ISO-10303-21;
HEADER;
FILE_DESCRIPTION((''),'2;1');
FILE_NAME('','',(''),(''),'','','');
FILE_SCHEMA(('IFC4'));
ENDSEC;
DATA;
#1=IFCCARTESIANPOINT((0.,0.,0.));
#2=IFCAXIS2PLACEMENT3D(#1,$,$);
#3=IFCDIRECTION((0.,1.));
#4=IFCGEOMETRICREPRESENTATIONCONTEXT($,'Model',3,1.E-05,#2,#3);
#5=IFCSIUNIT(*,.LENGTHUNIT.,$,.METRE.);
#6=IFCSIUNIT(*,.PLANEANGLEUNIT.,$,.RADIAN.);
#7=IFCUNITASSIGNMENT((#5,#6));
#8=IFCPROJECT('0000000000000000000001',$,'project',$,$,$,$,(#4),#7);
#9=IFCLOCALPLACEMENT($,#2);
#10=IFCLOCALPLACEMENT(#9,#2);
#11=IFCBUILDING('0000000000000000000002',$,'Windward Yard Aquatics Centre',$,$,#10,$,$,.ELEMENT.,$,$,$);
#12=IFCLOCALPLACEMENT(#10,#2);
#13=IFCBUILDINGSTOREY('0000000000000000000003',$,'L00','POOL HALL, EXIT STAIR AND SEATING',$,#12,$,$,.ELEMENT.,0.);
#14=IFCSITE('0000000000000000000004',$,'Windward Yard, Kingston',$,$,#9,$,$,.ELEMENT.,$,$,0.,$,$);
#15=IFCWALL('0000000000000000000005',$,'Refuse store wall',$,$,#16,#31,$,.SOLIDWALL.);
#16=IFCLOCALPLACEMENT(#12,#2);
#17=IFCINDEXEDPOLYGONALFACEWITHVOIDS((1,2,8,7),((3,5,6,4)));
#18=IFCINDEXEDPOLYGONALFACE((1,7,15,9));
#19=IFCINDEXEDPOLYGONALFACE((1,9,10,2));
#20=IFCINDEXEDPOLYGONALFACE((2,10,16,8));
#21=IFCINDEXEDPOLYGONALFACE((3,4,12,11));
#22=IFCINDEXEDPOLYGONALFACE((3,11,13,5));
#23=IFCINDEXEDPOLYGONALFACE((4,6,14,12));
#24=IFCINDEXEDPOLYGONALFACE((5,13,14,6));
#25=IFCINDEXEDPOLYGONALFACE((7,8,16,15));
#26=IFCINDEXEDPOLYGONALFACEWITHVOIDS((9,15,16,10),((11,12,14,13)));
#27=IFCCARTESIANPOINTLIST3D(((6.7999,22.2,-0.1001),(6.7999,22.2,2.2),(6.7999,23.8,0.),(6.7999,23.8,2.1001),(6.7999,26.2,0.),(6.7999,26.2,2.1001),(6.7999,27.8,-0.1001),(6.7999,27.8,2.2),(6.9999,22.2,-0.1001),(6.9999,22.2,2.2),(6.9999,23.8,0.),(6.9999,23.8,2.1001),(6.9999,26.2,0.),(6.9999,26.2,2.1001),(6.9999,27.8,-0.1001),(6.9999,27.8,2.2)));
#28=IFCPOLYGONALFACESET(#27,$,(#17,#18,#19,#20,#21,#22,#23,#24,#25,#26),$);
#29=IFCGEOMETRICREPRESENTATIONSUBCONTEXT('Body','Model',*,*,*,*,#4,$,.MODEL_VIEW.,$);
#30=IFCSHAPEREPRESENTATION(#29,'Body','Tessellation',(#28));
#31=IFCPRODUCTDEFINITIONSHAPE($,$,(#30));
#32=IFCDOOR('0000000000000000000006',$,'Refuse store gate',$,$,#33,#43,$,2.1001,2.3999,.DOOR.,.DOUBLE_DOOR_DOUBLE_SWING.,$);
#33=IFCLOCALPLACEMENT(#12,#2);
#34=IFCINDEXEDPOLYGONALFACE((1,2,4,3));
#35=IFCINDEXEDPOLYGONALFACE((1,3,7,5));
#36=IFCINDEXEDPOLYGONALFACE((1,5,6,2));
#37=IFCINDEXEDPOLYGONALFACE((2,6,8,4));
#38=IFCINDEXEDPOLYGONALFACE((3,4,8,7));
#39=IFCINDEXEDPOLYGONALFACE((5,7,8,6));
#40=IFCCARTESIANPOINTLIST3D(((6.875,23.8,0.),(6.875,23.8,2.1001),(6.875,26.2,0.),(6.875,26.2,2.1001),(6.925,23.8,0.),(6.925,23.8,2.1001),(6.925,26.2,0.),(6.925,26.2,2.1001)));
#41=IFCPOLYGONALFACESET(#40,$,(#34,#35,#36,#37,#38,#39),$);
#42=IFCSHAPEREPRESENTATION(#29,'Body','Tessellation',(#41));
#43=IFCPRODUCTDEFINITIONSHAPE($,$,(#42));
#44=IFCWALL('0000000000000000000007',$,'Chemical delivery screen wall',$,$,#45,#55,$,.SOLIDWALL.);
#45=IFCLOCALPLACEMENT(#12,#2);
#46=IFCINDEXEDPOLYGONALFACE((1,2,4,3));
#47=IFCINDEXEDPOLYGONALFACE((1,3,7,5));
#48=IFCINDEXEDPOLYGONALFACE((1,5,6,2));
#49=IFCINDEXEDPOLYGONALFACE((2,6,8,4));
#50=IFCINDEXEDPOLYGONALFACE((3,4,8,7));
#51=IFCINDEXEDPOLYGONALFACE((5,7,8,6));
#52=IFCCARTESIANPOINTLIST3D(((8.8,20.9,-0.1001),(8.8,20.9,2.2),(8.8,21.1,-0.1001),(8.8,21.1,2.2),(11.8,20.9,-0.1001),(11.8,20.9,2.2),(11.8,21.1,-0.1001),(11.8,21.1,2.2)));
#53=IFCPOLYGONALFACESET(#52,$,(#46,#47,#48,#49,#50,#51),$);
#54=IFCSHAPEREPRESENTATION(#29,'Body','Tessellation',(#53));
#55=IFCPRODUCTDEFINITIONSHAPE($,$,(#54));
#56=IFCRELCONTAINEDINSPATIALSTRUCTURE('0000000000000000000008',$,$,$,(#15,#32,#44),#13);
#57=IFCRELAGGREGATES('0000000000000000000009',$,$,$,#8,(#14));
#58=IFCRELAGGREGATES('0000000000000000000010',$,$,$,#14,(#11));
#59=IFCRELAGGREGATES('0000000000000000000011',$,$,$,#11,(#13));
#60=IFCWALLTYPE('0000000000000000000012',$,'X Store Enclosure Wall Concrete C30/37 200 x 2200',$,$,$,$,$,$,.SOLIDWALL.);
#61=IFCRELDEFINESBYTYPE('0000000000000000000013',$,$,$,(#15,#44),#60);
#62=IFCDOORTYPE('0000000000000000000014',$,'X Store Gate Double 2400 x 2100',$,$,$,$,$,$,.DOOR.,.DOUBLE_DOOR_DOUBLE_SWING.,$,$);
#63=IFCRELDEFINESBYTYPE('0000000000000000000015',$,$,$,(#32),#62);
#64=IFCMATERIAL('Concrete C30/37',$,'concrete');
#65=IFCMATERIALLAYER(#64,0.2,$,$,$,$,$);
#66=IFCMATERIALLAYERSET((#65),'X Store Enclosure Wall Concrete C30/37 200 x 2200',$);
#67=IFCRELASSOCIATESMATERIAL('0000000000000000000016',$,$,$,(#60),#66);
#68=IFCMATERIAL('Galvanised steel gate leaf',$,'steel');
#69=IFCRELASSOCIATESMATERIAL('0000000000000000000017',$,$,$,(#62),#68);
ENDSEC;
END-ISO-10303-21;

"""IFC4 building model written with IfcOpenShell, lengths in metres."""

from ifc_helpers import new_model, si_unit, direction, frame, frame_2d, origin, place, context, subcontext, project, spatial, rectangle, extrude, material, layer, layer_set, type_object, element, fill, save


model = new_model("IFC4")

# Units and contexts
model_context = context("Model", 3, precision=1e-05, world=origin(), true_north=direction((0.0, 1.0)))
body_context = subcontext(model_context, "Body", "Model", "MODEL_VIEW")
ifc_project = project(units=[si_unit("LENGTHUNIT", "METRE"), si_unit("PLANEANGLEUNIT", "RADIAN")], contexts=[model_context])

# Site, building, storey
site_placement = place(None, origin())
site = spatial("IfcSite", under=ifc_project, at=site_placement, Name="Windward Yard, Kingston", CompositionType="ELEMENT", RefElevation=0.0)
building_placement = place(site_placement, origin())
building = spatial("IfcBuilding", under=site, at=building_placement, Name="Windward Yard Aquatics Centre", CompositionType="ELEMENT")
storey_placement = place(building_placement, origin())
storey = spatial("IfcBuildingStorey", under=building, at=storey_placement, Name="L00", Description="POOL HALL, EXIT STAIR AND SEATING", CompositionType="ELEMENT", Elevation=0.0)

# Shared definitions
ifc_material_1 = material(Name="Concrete C30/37", Category="concrete")
ifc_layer_1 = layer(ifc_material_1, 0.2)
ifc_layer_set_1 = layer_set([ifc_layer_1], Name="X Store Enclosure Wall Concrete C30/37 200 x 2200")
wall_type_1 = type_object("IfcWallType", Name="X Store Enclosure Wall Concrete C30/37 200 x 2200", PredefinedType="SOLIDWALL", material=ifc_layer_set_1)

# Wall, opening, door
wall_1_placement = place(storey_placement, frame((6.8999, 22.2, -0.1001), z_axis=(0.0, 0.0, 1.0), x_axis=(0.0, 1.0, 0.0)))
wall_1 = element("IfcWall", 1, at=wall_1_placement, inside=storey, type_object=wall_type_1, Name="Refuse store wall", PredefinedType="SOLIDWALL", context=body_context, shape_type="SweptSolid", body=[
    extrude(rectangle(XDim=5.6001, YDim=0.2, at=frame_2d((2.8, 0.0))), origin(), (0.0, 0.0, 1.0), 2.3),
])
opening_1_placement = place(wall_1_placement, frame((1.6001, 0.0, 0.1001)))
opening_1 = element("IfcOpeningElement", 2, at=opening_1_placement, cuts=wall_1, PredefinedType="OPENING", context=body_context, shape_type="SweptSolid", body=[
    extrude(rectangle(XDim=2.3999, YDim=2.1001, at=frame_2d((1.2, 1.05))), frame((0.0, 0.1099, 0.0), z_axis=(0.0, -1.0, 0.0), x_axis=(1.0, 0.0, 0.0)), (0.0, 0.0, 1.0), 0.22),
])
ifc_material_2 = material(Name="Galvanised steel gate leaf", Category="steel")
door_type_1 = type_object("IfcDoorType", Name="X Store Gate Double 2400 x 2100", OperationType="DOUBLE_DOOR_DOUBLE_SWING", PredefinedType="DOOR", material=ifc_material_2)
door_1_placement = place(opening_1_placement, origin())
door_1 = element("IfcDoor", 3, at=door_1_placement, inside=storey, type_object=door_type_1, Name="Refuse store gate", OperationType="DOUBLE_DOOR_DOUBLE_SWING", OverallHeight=2.1001, OverallWidth=2.3999, PredefinedType="DOOR", context=body_context, shape_type="SweptSolid", body=[
    extrude(rectangle(XDim=2.3999, YDim=2.1001, at=frame_2d((1.2, 1.05))), frame((0.0, 0.0249, 0.0), z_axis=(0.0, -1.0, 0.0), x_axis=(1.0, 0.0, 0.0)), (0.0, 0.0, 1.0), 0.05),
])
fill(opening_1, door_1)

# Wall
wall_2_placement = place(storey_placement, frame((8.8, 21.0, -0.1001), z_axis=(0.0, 0.0, 1.0), x_axis=(1.0, 0.0, 0.0)))
element("IfcWall", 4, at=wall_2_placement, inside=storey, type_object=wall_type_1, Name="Chemical delivery screen wall", PredefinedType="SOLIDWALL", context=body_context, shape_type="SweptSolid", body=[
    extrude(rectangle(XDim=3.0, YDim=0.2, at=frame_2d((1.5, 0.0))), origin(), (0.0, 0.0, 1.0), 2.3),
])

save(model, "model.ifc")
